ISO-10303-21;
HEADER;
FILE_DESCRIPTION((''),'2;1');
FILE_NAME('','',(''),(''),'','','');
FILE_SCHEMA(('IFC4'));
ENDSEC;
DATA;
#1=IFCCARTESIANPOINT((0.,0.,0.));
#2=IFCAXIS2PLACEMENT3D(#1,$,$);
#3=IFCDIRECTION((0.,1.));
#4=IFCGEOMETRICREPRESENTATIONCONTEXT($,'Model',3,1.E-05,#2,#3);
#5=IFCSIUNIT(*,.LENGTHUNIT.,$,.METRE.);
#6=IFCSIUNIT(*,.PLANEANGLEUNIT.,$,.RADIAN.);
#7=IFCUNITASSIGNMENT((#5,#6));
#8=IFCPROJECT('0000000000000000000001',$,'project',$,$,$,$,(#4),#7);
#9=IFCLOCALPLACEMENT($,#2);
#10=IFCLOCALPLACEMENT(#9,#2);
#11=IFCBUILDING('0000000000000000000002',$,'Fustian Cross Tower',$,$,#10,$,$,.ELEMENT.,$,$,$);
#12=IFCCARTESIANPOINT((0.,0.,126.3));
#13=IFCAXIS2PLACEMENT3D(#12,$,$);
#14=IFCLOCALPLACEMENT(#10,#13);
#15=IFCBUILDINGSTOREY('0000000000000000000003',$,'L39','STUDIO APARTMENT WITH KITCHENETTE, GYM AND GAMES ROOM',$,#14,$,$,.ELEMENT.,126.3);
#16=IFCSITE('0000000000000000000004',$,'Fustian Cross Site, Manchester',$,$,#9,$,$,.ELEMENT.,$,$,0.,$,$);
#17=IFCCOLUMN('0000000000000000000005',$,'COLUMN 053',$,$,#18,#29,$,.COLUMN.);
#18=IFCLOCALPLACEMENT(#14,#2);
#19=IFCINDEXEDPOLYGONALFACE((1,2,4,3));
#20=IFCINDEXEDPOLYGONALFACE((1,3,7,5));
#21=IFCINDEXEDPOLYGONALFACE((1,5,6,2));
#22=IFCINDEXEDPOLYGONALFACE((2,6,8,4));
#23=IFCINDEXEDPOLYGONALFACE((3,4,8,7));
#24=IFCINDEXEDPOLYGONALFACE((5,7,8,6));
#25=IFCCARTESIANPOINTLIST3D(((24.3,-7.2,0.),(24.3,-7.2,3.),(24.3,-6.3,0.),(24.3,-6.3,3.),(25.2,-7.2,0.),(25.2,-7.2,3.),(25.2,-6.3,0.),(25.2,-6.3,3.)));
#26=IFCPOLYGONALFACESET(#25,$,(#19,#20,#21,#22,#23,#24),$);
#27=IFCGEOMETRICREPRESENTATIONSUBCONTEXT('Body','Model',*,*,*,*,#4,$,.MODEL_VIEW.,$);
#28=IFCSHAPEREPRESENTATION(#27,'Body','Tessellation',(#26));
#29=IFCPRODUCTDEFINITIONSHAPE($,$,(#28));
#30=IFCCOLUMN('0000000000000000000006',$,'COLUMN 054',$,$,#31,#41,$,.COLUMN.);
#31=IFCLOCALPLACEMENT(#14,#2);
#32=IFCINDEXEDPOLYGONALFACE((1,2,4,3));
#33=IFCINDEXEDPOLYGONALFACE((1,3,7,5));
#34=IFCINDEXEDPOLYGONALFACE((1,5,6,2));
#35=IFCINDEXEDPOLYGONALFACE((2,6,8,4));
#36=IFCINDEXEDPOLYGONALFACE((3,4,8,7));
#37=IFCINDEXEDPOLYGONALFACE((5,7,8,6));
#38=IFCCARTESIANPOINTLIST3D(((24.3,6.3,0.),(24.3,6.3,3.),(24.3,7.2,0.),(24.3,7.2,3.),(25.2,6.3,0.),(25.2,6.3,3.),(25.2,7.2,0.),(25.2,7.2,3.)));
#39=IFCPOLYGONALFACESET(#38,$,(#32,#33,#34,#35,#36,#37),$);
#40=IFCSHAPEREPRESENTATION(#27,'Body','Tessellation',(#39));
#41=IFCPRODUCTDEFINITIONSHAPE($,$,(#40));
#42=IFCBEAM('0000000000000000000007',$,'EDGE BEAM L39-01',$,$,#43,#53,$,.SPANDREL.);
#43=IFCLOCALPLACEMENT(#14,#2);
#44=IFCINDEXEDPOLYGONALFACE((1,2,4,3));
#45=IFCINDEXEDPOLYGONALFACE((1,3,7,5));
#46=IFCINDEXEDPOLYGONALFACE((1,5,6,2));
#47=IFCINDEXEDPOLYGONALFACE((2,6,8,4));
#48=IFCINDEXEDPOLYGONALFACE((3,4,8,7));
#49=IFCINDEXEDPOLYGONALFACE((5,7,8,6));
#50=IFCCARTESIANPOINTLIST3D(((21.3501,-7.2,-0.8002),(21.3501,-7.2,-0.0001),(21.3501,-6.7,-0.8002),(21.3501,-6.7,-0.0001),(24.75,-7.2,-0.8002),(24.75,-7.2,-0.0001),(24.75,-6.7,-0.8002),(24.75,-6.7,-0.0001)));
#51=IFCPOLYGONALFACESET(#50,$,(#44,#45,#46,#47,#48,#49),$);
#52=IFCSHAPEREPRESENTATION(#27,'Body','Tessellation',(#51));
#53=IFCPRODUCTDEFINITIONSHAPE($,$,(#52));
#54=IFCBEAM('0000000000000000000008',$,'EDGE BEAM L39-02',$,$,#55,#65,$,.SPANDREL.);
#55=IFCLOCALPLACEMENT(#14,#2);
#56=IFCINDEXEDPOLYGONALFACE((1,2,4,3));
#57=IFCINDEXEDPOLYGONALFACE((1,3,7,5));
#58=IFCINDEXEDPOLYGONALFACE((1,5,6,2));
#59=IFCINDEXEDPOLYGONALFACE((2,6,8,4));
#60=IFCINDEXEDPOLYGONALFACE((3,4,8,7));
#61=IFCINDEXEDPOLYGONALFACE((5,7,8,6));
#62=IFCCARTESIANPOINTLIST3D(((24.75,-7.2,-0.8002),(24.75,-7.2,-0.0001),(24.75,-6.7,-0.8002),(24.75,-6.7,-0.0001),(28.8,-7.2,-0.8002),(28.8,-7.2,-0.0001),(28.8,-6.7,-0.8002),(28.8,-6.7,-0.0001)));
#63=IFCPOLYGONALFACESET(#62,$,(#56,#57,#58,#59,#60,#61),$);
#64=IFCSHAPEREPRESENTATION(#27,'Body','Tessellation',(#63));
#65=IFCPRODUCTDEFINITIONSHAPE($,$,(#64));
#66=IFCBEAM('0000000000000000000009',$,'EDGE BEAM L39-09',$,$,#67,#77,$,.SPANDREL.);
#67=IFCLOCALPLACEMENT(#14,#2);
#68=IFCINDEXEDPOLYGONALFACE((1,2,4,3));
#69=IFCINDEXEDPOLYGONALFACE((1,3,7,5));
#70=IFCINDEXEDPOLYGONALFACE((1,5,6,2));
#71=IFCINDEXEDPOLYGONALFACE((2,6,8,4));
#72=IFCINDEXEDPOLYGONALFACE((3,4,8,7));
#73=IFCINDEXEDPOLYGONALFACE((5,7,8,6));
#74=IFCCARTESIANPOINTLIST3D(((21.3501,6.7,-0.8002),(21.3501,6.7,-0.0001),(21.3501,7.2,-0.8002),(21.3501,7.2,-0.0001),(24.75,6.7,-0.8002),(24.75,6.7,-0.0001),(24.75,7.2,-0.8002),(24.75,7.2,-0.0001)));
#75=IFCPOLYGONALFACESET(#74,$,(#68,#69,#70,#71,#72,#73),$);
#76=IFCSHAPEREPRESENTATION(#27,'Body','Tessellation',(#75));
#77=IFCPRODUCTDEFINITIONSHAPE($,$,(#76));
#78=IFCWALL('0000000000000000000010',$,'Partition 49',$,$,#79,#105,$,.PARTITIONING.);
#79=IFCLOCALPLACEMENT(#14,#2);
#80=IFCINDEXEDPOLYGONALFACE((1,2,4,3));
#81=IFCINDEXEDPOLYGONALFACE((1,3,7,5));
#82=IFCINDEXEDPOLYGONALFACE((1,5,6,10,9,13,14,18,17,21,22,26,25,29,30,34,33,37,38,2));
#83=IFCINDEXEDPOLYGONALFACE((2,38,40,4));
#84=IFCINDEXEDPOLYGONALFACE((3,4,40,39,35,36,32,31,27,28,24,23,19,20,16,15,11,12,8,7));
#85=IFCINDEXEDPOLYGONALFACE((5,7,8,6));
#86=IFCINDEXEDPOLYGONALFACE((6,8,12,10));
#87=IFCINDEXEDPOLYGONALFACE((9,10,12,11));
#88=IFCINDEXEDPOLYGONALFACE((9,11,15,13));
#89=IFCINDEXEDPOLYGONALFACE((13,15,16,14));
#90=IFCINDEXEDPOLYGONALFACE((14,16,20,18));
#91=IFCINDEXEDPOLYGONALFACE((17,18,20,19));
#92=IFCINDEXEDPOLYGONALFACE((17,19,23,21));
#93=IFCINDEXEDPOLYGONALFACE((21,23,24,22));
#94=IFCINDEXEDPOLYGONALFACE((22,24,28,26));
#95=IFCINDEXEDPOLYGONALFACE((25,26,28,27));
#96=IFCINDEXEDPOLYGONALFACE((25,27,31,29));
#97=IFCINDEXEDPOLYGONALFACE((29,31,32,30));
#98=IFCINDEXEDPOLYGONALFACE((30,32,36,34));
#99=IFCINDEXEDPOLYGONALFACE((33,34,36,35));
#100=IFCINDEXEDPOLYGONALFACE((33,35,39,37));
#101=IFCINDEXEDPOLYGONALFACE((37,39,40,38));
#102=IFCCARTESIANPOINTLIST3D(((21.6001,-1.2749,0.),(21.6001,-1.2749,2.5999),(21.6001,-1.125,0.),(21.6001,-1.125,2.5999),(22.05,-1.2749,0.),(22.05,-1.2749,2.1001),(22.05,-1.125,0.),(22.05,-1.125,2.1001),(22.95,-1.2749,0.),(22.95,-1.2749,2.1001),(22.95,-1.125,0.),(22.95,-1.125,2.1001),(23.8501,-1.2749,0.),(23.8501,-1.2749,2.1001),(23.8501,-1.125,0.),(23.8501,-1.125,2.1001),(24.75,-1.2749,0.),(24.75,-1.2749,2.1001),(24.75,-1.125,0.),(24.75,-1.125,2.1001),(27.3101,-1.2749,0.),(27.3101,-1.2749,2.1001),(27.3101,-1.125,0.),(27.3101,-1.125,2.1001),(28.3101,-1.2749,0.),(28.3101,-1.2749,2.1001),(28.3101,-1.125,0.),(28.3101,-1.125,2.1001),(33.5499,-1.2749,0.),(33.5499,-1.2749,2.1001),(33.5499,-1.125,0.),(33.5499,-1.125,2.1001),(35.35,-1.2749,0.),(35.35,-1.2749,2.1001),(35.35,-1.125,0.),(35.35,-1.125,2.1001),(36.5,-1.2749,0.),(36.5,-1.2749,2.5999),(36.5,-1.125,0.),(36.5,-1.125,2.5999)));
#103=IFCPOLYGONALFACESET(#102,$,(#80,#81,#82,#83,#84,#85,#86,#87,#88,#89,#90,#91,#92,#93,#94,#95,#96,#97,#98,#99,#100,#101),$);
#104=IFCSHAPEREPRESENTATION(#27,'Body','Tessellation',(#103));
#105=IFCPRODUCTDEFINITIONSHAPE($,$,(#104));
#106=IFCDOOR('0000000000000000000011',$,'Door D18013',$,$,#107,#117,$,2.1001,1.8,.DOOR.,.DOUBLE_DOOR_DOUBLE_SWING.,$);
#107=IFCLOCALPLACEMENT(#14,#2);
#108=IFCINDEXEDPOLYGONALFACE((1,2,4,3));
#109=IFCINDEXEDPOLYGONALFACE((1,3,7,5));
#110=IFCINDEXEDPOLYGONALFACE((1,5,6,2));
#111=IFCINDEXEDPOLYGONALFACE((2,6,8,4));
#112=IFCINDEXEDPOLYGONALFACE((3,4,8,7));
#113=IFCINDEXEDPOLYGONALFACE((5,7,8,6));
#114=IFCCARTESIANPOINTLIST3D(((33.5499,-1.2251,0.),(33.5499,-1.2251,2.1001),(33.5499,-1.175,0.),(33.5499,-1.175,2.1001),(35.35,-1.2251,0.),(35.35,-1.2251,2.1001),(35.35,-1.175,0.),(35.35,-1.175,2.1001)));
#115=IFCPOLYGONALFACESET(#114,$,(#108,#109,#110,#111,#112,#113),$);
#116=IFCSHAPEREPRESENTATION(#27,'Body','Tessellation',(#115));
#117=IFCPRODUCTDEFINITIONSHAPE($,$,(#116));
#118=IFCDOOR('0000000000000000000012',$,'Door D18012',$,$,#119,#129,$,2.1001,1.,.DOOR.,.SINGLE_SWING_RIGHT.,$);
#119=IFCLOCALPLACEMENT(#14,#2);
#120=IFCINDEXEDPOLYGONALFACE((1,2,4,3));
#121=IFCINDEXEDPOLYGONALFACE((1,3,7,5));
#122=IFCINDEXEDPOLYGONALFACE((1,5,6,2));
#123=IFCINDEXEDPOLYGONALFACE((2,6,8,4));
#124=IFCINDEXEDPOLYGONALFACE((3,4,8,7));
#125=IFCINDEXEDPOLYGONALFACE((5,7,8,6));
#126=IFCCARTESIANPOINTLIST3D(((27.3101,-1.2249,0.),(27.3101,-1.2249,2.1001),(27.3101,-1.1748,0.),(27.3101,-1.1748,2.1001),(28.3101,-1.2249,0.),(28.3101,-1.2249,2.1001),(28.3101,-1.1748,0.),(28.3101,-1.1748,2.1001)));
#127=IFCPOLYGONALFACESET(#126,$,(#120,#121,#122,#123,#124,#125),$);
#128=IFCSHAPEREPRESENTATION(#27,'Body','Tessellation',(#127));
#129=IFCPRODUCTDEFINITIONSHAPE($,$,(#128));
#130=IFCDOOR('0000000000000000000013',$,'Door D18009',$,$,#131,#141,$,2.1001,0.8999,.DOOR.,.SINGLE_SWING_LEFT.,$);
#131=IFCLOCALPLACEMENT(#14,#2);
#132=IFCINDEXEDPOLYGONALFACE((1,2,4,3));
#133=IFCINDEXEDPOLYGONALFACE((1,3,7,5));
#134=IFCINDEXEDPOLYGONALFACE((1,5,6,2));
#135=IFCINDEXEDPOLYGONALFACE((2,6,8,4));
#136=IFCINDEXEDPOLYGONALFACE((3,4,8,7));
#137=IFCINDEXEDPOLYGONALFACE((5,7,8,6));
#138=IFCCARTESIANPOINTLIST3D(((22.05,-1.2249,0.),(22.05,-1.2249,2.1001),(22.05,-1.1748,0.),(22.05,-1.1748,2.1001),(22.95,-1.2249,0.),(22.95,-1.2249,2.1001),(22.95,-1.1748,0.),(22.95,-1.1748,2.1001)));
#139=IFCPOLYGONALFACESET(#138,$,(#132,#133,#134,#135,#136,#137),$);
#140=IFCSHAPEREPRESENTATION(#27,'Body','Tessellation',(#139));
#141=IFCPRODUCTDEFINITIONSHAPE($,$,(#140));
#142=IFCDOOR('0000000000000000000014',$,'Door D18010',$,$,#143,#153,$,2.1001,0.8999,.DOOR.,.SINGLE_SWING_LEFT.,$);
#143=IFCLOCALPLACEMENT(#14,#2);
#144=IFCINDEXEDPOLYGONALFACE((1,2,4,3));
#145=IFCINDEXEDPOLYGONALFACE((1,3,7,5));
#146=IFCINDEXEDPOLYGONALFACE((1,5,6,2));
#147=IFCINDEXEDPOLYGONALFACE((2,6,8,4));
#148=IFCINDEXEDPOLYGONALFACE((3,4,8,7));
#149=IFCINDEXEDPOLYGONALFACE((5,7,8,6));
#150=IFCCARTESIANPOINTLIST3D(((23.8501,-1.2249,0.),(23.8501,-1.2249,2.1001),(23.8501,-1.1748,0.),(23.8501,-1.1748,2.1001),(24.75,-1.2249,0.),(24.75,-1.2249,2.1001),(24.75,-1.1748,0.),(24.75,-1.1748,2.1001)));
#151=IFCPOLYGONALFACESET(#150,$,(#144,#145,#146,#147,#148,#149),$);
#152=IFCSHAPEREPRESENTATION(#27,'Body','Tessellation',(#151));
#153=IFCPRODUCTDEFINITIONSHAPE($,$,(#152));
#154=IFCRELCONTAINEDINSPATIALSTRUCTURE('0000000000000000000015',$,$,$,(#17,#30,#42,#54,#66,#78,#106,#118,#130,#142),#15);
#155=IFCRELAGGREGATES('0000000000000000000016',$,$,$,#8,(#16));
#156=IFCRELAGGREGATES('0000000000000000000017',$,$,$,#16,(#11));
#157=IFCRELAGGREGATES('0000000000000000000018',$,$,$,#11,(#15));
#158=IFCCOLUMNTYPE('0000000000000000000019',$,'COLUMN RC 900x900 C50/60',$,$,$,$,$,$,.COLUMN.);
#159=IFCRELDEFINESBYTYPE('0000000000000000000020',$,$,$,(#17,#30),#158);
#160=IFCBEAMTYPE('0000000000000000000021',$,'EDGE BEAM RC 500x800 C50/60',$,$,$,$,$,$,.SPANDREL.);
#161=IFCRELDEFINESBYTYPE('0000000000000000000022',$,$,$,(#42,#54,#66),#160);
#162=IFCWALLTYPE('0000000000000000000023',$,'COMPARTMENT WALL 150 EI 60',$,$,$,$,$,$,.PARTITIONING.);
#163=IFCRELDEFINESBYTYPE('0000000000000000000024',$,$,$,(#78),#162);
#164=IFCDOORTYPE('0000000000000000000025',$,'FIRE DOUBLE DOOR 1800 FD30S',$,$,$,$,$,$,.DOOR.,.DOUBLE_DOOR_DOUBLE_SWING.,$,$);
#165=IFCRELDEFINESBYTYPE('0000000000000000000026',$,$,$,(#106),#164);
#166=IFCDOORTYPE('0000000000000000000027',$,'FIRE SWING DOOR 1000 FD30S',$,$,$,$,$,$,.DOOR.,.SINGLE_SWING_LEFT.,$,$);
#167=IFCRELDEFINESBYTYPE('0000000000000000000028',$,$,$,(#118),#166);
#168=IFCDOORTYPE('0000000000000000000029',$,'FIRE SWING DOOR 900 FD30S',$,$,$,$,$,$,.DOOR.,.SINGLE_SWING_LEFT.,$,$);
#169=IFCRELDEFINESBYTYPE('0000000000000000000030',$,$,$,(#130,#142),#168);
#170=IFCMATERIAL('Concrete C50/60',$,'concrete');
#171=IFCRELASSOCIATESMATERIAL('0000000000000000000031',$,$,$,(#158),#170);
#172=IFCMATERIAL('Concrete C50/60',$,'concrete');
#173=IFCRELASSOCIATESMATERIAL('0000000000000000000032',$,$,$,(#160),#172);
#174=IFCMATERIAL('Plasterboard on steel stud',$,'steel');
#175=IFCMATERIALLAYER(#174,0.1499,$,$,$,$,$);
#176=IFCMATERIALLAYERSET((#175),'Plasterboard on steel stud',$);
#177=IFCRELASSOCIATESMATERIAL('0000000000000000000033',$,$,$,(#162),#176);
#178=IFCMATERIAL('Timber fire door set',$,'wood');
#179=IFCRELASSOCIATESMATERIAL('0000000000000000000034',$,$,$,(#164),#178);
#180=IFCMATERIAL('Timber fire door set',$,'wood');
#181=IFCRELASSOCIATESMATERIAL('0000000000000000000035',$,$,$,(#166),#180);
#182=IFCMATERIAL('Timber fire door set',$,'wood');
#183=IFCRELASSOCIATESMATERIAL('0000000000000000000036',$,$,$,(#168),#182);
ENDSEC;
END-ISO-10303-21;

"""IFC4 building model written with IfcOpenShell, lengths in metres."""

from ifc_helpers import new_model, si_unit, direction, frame, frame_2d, origin, origin_2d, place, context, subcontext, project, spatial, rectangle, extrude, material, layer, layer_set, material_profile, profile_set, type_object, element, fill, save


model = new_model("IFC4")

# Units and contexts
model_context = context("Model", 3, precision=1e-05, world=origin(), true_north=direction((0.0, 1.0)))
body_context = subcontext(model_context, "Body", "Model", "MODEL_VIEW")
ifc_project = project(units=[si_unit("LENGTHUNIT", "METRE"), si_unit("PLANEANGLEUNIT", "RADIAN")], contexts=[model_context])

# Site, building, storey
site_placement = place(None, origin())
site = spatial("IfcSite", under=ifc_project, at=site_placement, Name="Fustian Cross Site, Manchester", CompositionType="ELEMENT", RefElevation=0.0)
building_placement = place(site_placement, origin())
building = spatial("IfcBuilding", under=site, at=building_placement, Name="Fustian Cross Tower", CompositionType="ELEMENT")
storey_placement = place(building_placement, frame((0.0, 0.0, 126.3)))
storey = spatial("IfcBuildingStorey", under=building, at=storey_placement, Name="L39", Description="STUDIO APARTMENT WITH KITCHENETTE, GYM AND GAMES ROOM", CompositionType="ELEMENT", Elevation=126.3)

# Columns
ifc_material_1 = material(Name="Concrete C50/60", Category="concrete")
ifc_material_profile_1 = material_profile(ifc_material_1, rectangle(XDim=0.8999, YDim=0.8999, at=origin_2d()), Name="RC 900x900")
ifc_profile_set_1 = profile_set([ifc_material_profile_1], Name="Concrete C50/60")
column_type = type_object("IfcColumnType", Name="COLUMN RC 900x900 C50/60", PredefinedType="COLUMN", material=ifc_profile_set_1)
for number, where, z_axis, x_axis, name in (
    (1, (24.75, -6.75, 0.0), (0.0, 0.0, 1.0), (1.0, 0.0, 0.0), "COLUMN 053"),
    (2, (24.75, 6.75, 0.0), (0.0, 0.0, 1.0), (1.0, 0.0, 0.0), "COLUMN 054"),
):
    element("IfcColumn", number, at=place(storey_placement, frame(where, z_axis=z_axis, x_axis=x_axis)), inside=storey, type_object=column_type, Name=name, PredefinedType="COLUMN", context=body_context, shape_type="SweptSolid", body=[
        extrude(rectangle(XDim=0.8999, YDim=0.8999, at=origin_2d()), origin(), (0.0, 0.0, 1.0), 3.0),
    ])

# Beams
ifc_material_2 = material(Name="Concrete C50/60", Category="concrete")
ifc_material_profile_2 = material_profile(ifc_material_2, rectangle(XDim=0.5, YDim=0.8, at=origin_2d()), Name="RC 500x800")
ifc_profile_set_2 = profile_set([ifc_material_profile_2], Name="Concrete C50/60")
beam_type = type_object("IfcBeamType", Name="EDGE BEAM RC 500x800 C50/60", PredefinedType="SPANDREL", material=ifc_profile_set_2)
beam_1_placement = place(storey_placement, frame((21.3501, -6.95, -0.4001), z_axis=(1.0, 0.0, 0.0), x_axis=(0.0, 1.0, 0.0)))
element("IfcBeam", 3, at=beam_1_placement, inside=storey, type_object=beam_type, Name="EDGE BEAM L39-01", PredefinedType="SPANDREL", context=body_context, shape_type="SweptSolid", body=[
    extrude(rectangle(XDim=0.5, YDim=0.8, at=origin_2d()), origin(), (0.0, 0.0, 1.0), 3.3999),
])
beam_2_placement = place(storey_placement, frame((24.75, -6.95, -0.4001), z_axis=(1.0, 0.0, 0.0), x_axis=(0.0, 1.0, 0.0)))
element("IfcBeam", 4, at=beam_2_placement, inside=storey, type_object=beam_type, Name="EDGE BEAM L39-02", PredefinedType="SPANDREL", context=body_context, shape_type="SweptSolid", body=[
    extrude(rectangle(XDim=0.5, YDim=0.8, at=origin_2d()), origin(), (0.0, 0.0, 1.0), 4.05),
])
beam_3_placement = place(storey_placement, frame((24.75, 6.95, -0.4001), z_axis=(-1.0, 0.0, 0.0), x_axis=(0.0, -1.0, 0.0)))
element("IfcBeam", 5, at=beam_3_placement, inside=storey, type_object=beam_type, Name="EDGE BEAM L39-09", PredefinedType="SPANDREL", context=body_context, shape_type="SweptSolid", body=[
    extrude(rectangle(XDim=0.5, YDim=0.8, at=origin_2d()), origin(), (0.0, 0.0, 1.0), 3.3999),
])

# Wall, openings, doors
ifc_material_3 = material(Name="Plasterboard on steel stud", Category="steel")
ifc_layer_1 = layer(ifc_material_3, 0.1499)
ifc_layer_set_1 = layer_set([ifc_layer_1], Name="Plasterboard on steel stud")
wall_type_1 = type_object("IfcWallType", Name="COMPARTMENT WALL 150 EI 60", PredefinedType="PARTITIONING", material=ifc_layer_set_1)
wall_1_placement = place(storey_placement, frame((21.6001, -1.2, 0.0), z_axis=(0.0, 0.0, 1.0), x_axis=(1.0, 0.0, 0.0)))
wall_1 = element("IfcWall", 6, at=wall_1_placement, inside=storey, type_object=wall_type_1, Name="Partition 49", PredefinedType="PARTITIONING", context=body_context, shape_type="SweptSolid", body=[
    extrude(rectangle(XDim=14.8999, YDim=0.1499, at=frame_2d((7.45, 0.0))), origin(), (0.0, 0.0, 1.0), 2.5999),
])
opening_1_placement = place(wall_1_placement, frame((0.45, 0.0, 0.0)))
opening_1 = element("IfcOpeningElement", 7, at=opening_1_placement, cuts=wall_1, PredefinedType="OPENING", context=body_context, shape_type="SweptSolid", body=[
    extrude(rectangle(XDim=0.8999, YDim=2.1001, at=frame_2d((0.45, 1.05))), frame((0.0, 0.085, 0.0), z_axis=(0.0, -1.0, 0.0), x_axis=(1.0, 0.0, 0.0)), (0.0, 0.0, 1.0), 0.1699),
])
opening_2_placement = place(wall_1_placement, frame((2.25, 0.0, 0.0)))
opening_2 = element("IfcOpeningElement", 8, at=opening_2_placement, cuts=wall_1, PredefinedType="OPENING", context=body_context, shape_type="SweptSolid", body=[
    extrude(rectangle(XDim=0.8999, YDim=2.1001, at=frame_2d((0.45, 1.05))), frame((0.0, 0.085, 0.0), z_axis=(0.0, -1.0, 0.0), x_axis=(1.0, 0.0, 0.0)), (0.0, 0.0, 1.0), 0.1699),
])
opening_3_placement = place(wall_1_placement, frame((5.71, 0.0, 0.0)))
opening_3 = element("IfcOpeningElement", 9, at=opening_3_placement, cuts=wall_1, PredefinedType="OPENING", context=body_context, shape_type="SweptSolid", body=[
    extrude(rectangle(XDim=1.0, YDim=2.1001, at=frame_2d((0.5, 1.05))), frame((0.0, 0.085, 0.0), z_axis=(0.0, -1.0, 0.0), x_axis=(1.0, 0.0, 0.0)), (0.0, 0.0, 1.0), 0.1699),
])
opening_4_placement = place(wall_1_placement, frame((11.95, 0.0, 0.0)))
opening_4 = element("IfcOpeningElement", 10, at=opening_4_placement, cuts=wall_1, PredefinedType="OPENING", context=body_context, shape_type="SweptSolid", body=[
    extrude(rectangle(XDim=1.8, YDim=2.1001, at=frame_2d((0.8999, 1.05))), frame((0.0, 0.085, 0.0), z_axis=(0.0, -1.0, 0.0), x_axis=(1.0, 0.0, 0.0)), (0.0, 0.0, 1.0), 0.1699),
])
ifc_material_4 = material(Name="Timber fire door set", Category="wood")
door_type_1 = type_object("IfcDoorType", Name="FIRE DOUBLE DOOR 1800 FD30S", OperationType="DOUBLE_DOOR_DOUBLE_SWING", PredefinedType="DOOR", material=ifc_material_4)
door_1_placement = place(opening_4_placement, origin())
door_1 = element("IfcDoor", 11, at=door_1_placement, inside=storey, type_object=door_type_1, Name="Door D18013", OperationType="DOUBLE_DOOR_DOUBLE_SWING", OverallHeight=2.1001, OverallWidth=1.8, PredefinedType="DOOR", context=body_context, shape_type="SweptSolid", body=[
    extrude(rectangle(XDim=1.8, YDim=2.1001, at=frame_2d((0.8999, 1.05))), frame((0.0, 0.0249, 0.0), z_axis=(0.0, -1.0, 0.0), x_axis=(1.0, 0.0, 0.0)), (0.0, 0.0, 1.0), 0.05),
])
fill(opening_4, door_1)
ifc_material_5 = material(Name="Timber fire door set", Category="wood")
door_type_2 = type_object("IfcDoorType", Name="FIRE SWING DOOR 1000 FD30S", OperationType="SINGLE_SWING_LEFT", PredefinedType="DOOR", material=ifc_material_5)
door_2_placement = place(opening_3_placement, frame((1.0, 0.0, 0.0), z_axis=(0.0, 0.0, 1.0), x_axis=(-1.0, 0.0, 0.0)))
door_2 = element("IfcDoor", 12, at=door_2_placement, inside=storey, type_object=door_type_2, Name="Door D18012", OperationType="SINGLE_SWING_RIGHT", OverallHeight=2.1001, OverallWidth=1.0, PredefinedType="DOOR", context=body_context, shape_type="SweptSolid", body=[
    extrude(rectangle(XDim=1.0, YDim=2.1001, at=frame_2d((0.5, 1.05))), frame((0.0, 0.0249, 0.0), z_axis=(0.0, -1.0, 0.0), x_axis=(1.0, 0.0, 0.0)), (0.0, 0.0, 1.0), 0.05),
])
fill(opening_3, door_2)
ifc_material_6 = material(Name="Timber fire door set", Category="wood")
door_type_3 = type_object("IfcDoorType", Name="FIRE SWING DOOR 900 FD30S", OperationType="SINGLE_SWING_LEFT", PredefinedType="DOOR", material=ifc_material_6)
door_3_placement = place(opening_1_placement, frame((0.8999, 0.0, 0.0), z_axis=(0.0, 0.0, 1.0), x_axis=(-1.0, 0.0, 0.0)))
door_3 = element("IfcDoor", 13, at=door_3_placement, inside=storey, type_object=door_type_3, Name="Door D18009", OperationType="SINGLE_SWING_LEFT", OverallHeight=2.1001, OverallWidth=0.8999, PredefinedType="DOOR", context=body_context, shape_type="SweptSolid", body=[
    extrude(rectangle(XDim=0.8999, YDim=2.1001, at=frame_2d((0.45, 1.05))), frame((0.0, 0.0249, 0.0), z_axis=(0.0, -1.0, 0.0), x_axis=(1.0, 0.0, 0.0)), (0.0, 0.0, 1.0), 0.05),
])
fill(opening_1, door_3)
door_4_placement = place(opening_2_placement, frame((0.8999, 0.0, 0.0), z_axis=(0.0, 0.0, 1.0), x_axis=(-1.0, 0.0, 0.0)))
door_4 = element("IfcDoor", 14, at=door_4_placement, inside=storey, type_object=door_type_3, Name="Door D18010", OperationType="SINGLE_SWING_LEFT", OverallHeight=2.1001, OverallWidth=0.8999, PredefinedType="DOOR", context=body_context, shape_type="SweptSolid", body=[
    extrude(rectangle(XDim=0.8999, YDim=2.1001, at=frame_2d((0.45, 1.05))), frame((0.0, 0.0249, 0.0), z_axis=(0.0, -1.0, 0.0), x_axis=(1.0, 0.0, 0.0)), (0.0, 0.0, 1.0), 0.05),
])
fill(opening_2, door_4)

save(model, "model.ifc")
